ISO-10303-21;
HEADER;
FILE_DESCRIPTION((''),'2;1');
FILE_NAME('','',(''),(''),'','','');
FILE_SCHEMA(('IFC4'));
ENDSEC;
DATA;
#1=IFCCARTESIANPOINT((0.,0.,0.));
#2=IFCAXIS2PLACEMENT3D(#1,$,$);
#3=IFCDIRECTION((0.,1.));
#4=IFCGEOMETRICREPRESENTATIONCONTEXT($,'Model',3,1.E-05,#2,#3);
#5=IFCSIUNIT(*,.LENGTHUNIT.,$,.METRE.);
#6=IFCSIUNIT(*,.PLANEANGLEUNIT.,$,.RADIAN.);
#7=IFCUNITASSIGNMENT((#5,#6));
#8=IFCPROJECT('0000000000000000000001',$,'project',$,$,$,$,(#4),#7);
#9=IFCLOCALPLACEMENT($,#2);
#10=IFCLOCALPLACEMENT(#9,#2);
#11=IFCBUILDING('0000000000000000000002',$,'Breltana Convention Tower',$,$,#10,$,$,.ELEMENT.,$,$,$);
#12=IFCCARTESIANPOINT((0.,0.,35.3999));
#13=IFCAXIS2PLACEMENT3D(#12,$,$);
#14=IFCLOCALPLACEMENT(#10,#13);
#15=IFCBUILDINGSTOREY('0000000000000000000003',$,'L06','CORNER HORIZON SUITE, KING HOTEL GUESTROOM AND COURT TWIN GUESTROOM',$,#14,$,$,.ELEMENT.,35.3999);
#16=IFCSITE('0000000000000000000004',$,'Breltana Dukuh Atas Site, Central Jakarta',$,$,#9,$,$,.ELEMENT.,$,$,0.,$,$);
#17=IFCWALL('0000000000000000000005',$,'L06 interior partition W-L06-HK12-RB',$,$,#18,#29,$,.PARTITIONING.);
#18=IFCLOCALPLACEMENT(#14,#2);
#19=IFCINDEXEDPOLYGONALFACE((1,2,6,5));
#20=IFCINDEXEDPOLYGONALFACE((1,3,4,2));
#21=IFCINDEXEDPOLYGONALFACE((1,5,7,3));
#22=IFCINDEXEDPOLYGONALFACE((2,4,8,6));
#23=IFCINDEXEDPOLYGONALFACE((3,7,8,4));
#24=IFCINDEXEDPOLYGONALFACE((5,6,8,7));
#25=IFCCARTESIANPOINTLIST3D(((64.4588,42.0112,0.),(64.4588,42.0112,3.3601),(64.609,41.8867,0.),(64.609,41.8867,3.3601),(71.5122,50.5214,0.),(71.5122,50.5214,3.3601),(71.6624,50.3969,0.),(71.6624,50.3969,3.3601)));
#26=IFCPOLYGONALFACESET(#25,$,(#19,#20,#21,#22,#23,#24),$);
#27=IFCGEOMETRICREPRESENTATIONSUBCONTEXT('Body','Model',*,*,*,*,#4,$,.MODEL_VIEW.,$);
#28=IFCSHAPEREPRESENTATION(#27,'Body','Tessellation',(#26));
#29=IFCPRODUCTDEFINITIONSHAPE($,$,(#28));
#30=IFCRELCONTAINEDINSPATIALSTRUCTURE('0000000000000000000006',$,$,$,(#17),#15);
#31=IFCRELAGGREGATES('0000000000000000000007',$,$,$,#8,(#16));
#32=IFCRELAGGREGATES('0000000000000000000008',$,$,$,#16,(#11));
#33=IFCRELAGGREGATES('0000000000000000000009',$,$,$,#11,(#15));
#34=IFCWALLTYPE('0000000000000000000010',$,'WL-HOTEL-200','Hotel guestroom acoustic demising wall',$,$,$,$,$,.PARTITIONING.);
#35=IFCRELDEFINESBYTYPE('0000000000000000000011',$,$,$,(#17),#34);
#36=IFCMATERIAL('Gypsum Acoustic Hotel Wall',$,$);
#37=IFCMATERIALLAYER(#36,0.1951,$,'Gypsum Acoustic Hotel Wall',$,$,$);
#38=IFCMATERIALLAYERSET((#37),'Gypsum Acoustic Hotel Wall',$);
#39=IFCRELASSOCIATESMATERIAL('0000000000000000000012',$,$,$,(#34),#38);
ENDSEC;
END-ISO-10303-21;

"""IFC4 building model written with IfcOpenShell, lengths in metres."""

from ifc_helpers import new_model, si_unit, direction, frame, frame_2d, origin, place, context, subcontext, project, spatial, rectangle, extrude, source, transform, mapped, material, layer, layer_set, type_object, element, save


model = new_model("IFC4")

# Units and contexts
model_context = context("Model", 3, precision=1e-05, world=origin(), true_north=direction((0.0, 1.0)))
body_context = subcontext(model_context, "Body", "Model", "MODEL_VIEW")
ifc_project = project(units=[si_unit("LENGTHUNIT", "METRE"), si_unit("PLANEANGLEUNIT", "RADIAN")], contexts=[model_context])

# Site, building, storey
site_placement = place(None, origin())
site = spatial("IfcSite", under=ifc_project, at=site_placement, Name="Breltana Dukuh Atas Site, Central Jakarta", CompositionType="ELEMENT", RefElevation=0.0)
building_placement = place(site_placement, origin())
building = spatial("IfcBuilding", under=site, at=building_placement, Name="Breltana Convention Tower", CompositionType="ELEMENT")
storey_placement = place(building_placement, frame((0.0, 0.0, 35.3999)))
storey = spatial("IfcBuildingStorey", under=building, at=storey_placement, Name="L06", Description="CORNER HORIZON SUITE, KING HOTEL GUESTROOM AND COURT TWIN GUESTROOM", CompositionType="ELEMENT", Elevation=35.3999)

# Wall
ifc_material_1 = material(Name="Gypsum Acoustic Hotel Wall")
ifc_layer_1 = layer(ifc_material_1, 0.1951, Name="Gypsum Acoustic Hotel Wall")
ifc_layer_set_1 = layer_set([ifc_layer_1], Name="Gypsum Acoustic Hotel Wall")
wall_type_1 = type_object("IfcWallType", Name="WL-HOTEL-200", Description="Hotel guestroom acoustic demising wall", PredefinedType="PARTITIONING", material=ifc_layer_set_1)
shared_shape_1 = source(origin(), body_context, "Body", "SweptSolid", [
    extrude(rectangle(XDim=11.0532, YDim=0.1951, at=frame_2d((5.5266, 0.0))), origin(), (0.0, 0.0, 1.0), 3.3601),
])
wall_1_placement = place(storey_placement, frame((64.5339, 41.949, 0.0), z_axis=(0.0, 0.0, 1.0), x_axis=(0.638131, 0.769928, 0.0)))
element("IfcWall", 1, at=wall_1_placement, inside=storey, type_object=wall_type_1, Name="L06 interior partition W-L06-HK12-RB", PredefinedType="PARTITIONING", context=body_context, shape_type="MappedRepresentation", body=[
    mapped(shared_shape_1, transform((0.0, 0.0, 0.0), scale=1.0)),
])

save(model, "model.ifc")
